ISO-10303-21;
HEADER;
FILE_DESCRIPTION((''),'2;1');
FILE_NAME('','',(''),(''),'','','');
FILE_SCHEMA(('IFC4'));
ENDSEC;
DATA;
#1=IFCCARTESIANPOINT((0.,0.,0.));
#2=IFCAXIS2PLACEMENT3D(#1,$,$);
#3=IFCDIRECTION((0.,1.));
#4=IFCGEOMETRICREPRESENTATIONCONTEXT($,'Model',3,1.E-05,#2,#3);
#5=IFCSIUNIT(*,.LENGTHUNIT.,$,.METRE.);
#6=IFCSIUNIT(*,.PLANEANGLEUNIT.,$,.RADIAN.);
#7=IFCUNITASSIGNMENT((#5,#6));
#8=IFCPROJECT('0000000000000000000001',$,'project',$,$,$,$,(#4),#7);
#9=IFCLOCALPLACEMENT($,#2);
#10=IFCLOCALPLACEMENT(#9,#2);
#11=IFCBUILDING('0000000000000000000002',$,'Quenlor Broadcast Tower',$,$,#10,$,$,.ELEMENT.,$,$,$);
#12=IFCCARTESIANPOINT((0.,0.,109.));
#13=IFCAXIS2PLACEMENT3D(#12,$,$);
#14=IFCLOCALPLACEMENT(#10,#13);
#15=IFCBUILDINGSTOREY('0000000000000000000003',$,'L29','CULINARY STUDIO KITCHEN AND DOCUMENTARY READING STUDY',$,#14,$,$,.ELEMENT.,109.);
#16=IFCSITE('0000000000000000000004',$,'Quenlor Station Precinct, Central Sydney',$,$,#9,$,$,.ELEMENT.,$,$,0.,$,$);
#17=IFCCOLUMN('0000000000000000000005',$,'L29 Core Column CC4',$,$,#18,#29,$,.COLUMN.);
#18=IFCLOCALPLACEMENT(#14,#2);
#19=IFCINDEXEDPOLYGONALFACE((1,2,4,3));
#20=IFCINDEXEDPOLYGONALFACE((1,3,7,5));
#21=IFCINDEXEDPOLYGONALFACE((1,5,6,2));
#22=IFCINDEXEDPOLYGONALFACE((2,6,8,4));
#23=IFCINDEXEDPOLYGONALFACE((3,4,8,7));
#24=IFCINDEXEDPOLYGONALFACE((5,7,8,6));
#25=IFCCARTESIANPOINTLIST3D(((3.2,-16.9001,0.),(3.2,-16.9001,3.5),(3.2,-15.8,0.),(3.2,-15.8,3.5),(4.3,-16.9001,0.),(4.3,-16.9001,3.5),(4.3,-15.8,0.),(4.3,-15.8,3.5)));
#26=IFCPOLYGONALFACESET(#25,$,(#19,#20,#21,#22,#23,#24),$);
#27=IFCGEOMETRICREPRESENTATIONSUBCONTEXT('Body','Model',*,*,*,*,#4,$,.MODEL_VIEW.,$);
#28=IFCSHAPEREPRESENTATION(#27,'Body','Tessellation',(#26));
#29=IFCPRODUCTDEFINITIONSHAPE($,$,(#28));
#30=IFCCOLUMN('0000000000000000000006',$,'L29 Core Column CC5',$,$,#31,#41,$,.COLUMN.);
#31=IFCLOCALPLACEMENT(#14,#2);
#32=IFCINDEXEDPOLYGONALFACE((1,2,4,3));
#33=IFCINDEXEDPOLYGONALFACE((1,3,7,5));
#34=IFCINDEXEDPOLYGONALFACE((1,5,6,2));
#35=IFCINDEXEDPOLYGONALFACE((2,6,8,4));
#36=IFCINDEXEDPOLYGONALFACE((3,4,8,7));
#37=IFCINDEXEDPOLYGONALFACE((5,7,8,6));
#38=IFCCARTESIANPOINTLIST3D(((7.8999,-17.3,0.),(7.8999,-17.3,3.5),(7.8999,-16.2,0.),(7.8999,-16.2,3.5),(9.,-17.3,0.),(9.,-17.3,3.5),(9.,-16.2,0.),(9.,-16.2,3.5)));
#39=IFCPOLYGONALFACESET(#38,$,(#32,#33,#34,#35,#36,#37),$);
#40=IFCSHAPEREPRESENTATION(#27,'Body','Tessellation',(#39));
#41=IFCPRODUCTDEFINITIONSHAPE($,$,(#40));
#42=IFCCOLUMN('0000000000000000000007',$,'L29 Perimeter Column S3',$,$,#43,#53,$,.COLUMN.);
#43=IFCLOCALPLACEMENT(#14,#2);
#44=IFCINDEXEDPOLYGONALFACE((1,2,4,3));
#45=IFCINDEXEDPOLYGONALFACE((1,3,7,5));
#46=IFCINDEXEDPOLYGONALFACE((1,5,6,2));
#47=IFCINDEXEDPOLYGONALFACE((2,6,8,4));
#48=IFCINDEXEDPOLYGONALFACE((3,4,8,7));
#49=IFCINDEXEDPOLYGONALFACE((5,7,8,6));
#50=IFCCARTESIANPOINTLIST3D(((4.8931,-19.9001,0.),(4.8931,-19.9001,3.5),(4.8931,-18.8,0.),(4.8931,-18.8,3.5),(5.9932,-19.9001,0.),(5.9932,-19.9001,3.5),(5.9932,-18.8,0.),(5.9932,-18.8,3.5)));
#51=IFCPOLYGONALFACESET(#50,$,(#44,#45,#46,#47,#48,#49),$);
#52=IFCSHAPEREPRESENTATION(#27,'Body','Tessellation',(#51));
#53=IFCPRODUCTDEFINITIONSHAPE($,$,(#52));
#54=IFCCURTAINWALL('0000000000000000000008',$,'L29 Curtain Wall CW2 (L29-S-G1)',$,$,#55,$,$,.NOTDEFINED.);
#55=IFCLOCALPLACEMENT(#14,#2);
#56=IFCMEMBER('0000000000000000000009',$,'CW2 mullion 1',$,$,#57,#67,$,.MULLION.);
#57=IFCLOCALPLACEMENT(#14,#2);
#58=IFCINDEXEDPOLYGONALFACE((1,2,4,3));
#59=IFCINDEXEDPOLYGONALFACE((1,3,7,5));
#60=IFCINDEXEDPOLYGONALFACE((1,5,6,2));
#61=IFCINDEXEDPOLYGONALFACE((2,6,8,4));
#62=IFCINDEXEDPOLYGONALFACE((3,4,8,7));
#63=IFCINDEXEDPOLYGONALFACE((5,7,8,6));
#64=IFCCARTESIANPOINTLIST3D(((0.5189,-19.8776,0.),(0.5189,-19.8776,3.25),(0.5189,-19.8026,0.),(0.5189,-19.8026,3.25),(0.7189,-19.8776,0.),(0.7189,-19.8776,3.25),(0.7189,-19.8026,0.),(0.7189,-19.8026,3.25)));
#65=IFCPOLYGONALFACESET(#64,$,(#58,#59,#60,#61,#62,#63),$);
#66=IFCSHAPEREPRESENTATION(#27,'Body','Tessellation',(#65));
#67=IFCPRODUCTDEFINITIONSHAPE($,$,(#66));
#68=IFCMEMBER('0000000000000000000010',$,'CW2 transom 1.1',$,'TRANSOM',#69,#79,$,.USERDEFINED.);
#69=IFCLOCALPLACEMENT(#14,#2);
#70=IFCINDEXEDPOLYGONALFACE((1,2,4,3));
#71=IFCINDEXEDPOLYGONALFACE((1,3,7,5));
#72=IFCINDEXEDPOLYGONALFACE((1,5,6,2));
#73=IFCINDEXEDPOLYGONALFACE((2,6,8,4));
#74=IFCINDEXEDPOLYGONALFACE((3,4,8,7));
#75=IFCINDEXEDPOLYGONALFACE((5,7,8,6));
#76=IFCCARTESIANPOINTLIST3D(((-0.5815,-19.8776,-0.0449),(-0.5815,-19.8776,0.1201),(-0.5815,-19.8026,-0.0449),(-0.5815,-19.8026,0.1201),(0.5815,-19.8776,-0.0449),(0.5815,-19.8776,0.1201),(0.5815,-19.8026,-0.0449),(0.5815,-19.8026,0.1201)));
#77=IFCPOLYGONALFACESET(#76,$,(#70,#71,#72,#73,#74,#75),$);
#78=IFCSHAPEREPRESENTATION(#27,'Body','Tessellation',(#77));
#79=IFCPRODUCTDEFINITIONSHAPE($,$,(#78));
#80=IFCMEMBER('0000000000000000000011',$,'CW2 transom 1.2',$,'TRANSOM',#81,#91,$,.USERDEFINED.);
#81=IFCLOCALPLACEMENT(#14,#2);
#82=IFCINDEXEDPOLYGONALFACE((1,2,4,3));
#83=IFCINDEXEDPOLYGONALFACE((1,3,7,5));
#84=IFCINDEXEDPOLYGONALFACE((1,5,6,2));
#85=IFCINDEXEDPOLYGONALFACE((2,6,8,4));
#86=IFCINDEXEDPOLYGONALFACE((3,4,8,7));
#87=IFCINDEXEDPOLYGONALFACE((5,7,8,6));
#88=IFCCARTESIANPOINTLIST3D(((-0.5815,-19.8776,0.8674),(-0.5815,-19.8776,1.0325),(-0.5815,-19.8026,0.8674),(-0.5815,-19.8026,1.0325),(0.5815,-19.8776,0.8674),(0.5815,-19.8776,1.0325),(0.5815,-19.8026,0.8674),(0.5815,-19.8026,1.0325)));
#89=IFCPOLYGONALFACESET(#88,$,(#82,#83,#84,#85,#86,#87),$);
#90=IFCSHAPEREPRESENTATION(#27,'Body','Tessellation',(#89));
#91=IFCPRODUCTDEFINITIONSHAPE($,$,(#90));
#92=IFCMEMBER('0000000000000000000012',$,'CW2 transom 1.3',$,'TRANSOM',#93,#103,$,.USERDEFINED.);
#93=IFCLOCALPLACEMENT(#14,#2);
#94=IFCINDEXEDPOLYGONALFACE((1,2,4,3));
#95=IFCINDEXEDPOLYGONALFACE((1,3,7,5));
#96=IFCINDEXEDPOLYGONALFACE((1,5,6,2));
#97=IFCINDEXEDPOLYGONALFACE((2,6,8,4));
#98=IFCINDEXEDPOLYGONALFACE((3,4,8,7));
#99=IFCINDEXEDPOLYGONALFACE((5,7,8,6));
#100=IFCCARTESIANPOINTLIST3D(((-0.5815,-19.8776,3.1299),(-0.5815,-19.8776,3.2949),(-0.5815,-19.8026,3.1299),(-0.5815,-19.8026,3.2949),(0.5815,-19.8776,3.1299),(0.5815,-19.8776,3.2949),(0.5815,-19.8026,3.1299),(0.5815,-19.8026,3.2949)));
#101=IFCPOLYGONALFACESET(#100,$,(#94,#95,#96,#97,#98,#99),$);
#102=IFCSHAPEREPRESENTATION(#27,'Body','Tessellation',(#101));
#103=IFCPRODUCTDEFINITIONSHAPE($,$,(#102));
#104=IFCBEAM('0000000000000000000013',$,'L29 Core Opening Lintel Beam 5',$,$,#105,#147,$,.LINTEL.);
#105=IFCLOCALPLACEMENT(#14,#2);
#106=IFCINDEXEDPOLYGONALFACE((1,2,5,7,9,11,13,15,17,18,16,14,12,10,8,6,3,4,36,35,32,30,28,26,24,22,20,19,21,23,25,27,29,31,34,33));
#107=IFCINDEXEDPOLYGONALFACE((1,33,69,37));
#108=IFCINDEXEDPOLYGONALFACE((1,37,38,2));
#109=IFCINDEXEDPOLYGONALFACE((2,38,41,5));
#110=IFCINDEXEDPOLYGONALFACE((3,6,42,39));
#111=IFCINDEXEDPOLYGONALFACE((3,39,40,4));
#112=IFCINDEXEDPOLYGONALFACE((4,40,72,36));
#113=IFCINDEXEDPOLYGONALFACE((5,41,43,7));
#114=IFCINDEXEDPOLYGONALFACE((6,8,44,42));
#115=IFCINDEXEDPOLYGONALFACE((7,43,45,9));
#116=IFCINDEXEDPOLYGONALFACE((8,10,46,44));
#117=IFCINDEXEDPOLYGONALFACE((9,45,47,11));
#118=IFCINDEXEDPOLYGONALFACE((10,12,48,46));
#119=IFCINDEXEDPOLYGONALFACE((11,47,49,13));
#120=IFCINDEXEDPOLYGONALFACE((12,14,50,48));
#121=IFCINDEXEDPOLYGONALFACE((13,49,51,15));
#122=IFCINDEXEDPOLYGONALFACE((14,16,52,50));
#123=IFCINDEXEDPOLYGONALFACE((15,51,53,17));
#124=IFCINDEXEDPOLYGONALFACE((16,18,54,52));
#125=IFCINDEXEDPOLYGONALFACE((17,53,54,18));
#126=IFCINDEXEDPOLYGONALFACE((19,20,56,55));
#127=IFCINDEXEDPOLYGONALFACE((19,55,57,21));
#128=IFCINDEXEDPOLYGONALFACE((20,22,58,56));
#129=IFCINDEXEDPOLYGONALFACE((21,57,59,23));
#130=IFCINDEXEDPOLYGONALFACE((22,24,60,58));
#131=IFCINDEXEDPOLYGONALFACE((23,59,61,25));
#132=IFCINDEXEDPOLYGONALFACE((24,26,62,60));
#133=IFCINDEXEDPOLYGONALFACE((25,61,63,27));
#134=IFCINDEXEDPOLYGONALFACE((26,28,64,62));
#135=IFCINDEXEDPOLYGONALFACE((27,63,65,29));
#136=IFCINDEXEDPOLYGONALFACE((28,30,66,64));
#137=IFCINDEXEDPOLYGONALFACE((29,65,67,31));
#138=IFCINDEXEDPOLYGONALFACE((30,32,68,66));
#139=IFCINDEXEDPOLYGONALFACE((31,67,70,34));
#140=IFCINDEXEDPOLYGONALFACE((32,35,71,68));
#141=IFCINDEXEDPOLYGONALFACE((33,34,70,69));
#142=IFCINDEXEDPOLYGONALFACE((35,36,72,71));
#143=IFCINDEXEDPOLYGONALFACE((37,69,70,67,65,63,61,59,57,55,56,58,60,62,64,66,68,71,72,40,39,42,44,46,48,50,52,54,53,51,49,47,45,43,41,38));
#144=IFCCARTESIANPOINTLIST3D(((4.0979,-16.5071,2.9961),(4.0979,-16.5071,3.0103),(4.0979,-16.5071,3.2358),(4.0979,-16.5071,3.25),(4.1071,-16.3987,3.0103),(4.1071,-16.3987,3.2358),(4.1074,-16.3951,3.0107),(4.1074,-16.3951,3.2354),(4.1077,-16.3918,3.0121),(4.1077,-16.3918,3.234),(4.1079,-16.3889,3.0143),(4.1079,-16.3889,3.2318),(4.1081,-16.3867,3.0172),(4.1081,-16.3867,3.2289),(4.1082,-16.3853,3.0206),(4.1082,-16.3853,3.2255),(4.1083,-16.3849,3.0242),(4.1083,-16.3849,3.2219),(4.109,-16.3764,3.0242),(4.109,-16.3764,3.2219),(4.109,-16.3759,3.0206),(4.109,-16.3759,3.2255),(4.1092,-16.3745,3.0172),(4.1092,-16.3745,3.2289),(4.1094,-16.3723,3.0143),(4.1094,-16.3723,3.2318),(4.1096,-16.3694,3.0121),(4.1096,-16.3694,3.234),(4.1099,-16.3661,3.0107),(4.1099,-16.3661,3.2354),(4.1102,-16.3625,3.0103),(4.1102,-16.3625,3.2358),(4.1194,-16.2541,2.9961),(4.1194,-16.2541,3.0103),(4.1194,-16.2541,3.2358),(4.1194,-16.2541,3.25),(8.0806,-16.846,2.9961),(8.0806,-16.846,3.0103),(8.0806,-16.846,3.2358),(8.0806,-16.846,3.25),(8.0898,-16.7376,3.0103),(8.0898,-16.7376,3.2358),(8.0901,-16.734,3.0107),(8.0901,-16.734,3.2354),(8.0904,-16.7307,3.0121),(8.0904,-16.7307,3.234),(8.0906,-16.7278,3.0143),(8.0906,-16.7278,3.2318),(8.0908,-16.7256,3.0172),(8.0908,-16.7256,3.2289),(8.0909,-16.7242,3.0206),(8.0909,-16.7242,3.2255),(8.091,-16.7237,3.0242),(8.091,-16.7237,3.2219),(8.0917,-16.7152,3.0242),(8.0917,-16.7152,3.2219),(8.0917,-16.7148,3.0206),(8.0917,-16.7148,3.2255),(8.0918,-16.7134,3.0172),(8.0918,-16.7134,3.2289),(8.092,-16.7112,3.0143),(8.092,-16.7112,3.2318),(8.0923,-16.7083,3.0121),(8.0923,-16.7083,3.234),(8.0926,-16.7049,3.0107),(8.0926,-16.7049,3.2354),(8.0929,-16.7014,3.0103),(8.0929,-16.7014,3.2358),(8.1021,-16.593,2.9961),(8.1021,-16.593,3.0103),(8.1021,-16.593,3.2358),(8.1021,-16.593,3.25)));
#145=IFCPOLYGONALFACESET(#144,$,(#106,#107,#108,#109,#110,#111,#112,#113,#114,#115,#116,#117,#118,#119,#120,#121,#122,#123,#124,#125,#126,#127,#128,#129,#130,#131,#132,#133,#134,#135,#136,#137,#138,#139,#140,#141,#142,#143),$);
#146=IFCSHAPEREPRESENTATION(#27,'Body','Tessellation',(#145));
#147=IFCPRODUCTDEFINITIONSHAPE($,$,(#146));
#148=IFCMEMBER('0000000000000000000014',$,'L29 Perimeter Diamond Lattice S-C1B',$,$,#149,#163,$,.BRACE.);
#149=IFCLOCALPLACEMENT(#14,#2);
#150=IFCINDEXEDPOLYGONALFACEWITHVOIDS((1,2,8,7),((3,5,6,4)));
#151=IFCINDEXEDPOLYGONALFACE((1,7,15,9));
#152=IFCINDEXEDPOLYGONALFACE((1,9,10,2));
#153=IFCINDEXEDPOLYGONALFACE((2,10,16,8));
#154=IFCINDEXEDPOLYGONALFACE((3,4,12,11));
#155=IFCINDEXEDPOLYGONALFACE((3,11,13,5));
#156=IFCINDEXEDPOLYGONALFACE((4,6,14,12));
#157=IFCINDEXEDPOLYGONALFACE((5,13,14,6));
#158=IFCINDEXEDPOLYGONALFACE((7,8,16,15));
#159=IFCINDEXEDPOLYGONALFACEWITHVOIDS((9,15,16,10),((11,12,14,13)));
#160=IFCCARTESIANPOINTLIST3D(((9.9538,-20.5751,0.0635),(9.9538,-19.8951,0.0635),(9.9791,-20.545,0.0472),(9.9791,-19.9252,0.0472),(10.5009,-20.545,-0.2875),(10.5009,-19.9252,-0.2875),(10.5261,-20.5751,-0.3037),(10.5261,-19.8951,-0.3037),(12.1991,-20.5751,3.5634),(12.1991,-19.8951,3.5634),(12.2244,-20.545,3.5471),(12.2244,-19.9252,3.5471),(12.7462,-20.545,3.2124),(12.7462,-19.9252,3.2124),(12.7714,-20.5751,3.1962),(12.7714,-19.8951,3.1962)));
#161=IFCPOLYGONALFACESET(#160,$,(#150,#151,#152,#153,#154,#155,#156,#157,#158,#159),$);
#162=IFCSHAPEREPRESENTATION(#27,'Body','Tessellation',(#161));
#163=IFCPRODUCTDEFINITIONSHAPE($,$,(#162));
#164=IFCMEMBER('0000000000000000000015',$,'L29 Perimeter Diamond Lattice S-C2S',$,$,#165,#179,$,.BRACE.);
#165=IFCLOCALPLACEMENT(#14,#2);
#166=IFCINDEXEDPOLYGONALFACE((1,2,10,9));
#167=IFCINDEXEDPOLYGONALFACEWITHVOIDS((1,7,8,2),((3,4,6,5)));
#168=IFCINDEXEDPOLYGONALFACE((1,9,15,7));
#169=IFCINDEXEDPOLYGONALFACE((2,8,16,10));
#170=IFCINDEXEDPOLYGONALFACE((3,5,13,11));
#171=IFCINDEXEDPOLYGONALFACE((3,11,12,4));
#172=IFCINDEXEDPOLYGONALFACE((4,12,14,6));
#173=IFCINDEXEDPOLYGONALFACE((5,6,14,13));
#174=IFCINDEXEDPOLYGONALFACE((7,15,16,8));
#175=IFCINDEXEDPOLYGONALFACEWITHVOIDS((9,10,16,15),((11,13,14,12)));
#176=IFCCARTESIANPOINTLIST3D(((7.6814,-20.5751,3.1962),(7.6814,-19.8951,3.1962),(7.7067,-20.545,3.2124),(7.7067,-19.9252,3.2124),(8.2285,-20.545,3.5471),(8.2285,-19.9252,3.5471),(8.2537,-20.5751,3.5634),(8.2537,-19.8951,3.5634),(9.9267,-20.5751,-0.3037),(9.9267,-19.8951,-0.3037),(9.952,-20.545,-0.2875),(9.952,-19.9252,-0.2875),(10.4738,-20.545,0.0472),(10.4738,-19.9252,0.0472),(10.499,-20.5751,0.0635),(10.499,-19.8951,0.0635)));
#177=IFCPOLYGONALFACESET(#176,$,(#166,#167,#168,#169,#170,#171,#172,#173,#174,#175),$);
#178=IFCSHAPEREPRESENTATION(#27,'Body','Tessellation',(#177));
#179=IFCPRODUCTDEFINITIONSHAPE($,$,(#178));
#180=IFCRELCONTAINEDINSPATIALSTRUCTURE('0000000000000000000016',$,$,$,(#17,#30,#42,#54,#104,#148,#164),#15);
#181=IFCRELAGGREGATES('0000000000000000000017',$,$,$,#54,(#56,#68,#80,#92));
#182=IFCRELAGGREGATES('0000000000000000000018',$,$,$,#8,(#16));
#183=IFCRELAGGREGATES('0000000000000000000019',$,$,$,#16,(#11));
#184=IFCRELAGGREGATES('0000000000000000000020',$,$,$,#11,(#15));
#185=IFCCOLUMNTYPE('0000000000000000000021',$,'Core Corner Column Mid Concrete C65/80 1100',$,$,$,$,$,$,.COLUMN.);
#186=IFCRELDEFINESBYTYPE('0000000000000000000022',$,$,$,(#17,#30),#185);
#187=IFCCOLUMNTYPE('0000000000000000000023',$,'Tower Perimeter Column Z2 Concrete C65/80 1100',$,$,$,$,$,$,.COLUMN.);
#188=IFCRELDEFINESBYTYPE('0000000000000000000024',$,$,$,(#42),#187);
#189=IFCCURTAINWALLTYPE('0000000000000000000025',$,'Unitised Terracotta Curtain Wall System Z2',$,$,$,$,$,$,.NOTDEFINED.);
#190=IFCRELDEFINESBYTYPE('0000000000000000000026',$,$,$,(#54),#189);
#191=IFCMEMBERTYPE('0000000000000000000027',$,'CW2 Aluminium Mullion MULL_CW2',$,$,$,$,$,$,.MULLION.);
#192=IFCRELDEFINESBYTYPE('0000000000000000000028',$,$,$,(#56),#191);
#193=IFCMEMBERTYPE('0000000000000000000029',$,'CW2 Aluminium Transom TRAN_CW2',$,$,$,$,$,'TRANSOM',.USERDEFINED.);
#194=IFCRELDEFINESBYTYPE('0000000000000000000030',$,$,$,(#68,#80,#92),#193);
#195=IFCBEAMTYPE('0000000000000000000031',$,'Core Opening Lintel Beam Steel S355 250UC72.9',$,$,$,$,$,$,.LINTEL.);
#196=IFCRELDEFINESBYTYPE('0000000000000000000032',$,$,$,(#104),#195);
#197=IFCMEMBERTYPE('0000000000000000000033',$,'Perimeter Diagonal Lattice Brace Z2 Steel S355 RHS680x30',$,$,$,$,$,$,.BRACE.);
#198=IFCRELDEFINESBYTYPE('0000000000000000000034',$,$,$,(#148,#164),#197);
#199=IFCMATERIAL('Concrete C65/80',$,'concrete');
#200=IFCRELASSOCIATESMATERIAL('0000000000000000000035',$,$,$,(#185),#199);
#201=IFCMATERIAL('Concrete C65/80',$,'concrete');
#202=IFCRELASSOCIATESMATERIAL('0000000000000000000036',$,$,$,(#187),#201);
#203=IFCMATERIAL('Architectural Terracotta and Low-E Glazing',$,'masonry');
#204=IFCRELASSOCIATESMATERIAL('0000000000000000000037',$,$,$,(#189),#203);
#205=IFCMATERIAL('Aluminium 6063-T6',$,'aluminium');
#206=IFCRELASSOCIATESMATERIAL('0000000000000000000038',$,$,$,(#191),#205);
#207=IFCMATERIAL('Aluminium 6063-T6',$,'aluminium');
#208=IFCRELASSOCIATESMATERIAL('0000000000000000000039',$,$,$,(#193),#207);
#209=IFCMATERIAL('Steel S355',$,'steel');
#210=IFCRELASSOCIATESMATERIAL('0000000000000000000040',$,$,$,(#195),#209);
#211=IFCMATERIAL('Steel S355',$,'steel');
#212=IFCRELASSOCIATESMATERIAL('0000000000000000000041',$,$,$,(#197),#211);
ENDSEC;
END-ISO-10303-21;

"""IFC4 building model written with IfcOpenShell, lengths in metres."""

from ifc_helpers import new_model, si_unit, direction, frame, origin, origin_2d, place, context, subcontext, project, spatial, rectangle, hollow_rectangle, i_section, extrude, material, material_profile, profile_set, type_object, element, aggregate, save


model = new_model("IFC4")

# Units and contexts
model_context = context("Model", 3, precision=1e-05, world=origin(), true_north=direction((0.0, 1.0)))
body_context = subcontext(model_context, "Body", "Model", "MODEL_VIEW")
ifc_project = project(units=[si_unit("LENGTHUNIT", "METRE"), si_unit("PLANEANGLEUNIT", "RADIAN")], contexts=[model_context])

# Site, building, storey
site_placement = place(None, origin())
site = spatial("IfcSite", under=ifc_project, at=site_placement, Name="Quenlor Station Precinct, Central Sydney", CompositionType="ELEMENT", RefElevation=0.0)
building_placement = place(site_placement, origin())
building = spatial("IfcBuilding", under=site, at=building_placement, Name="Quenlor Broadcast Tower", CompositionType="ELEMENT")
storey_placement = place(building_placement, frame((0.0, 0.0, 109.0)))
storey = spatial("IfcBuildingStorey", under=building, at=storey_placement, Name="L29", Description="CULINARY STUDIO KITCHEN AND DOCUMENTARY READING STUDY", CompositionType="ELEMENT", Elevation=109.0)

# Columns
ifc_material_1 = material(Name="Concrete C65/80", Category="concrete")
ifc_material_profile_1 = material_profile(ifc_material_1, rectangle(XDim=1.1001, YDim=1.1001, at=origin_2d()))
ifc_profile_set_1 = profile_set([ifc_material_profile_1], Name="Concrete C65/80 RC1100x1100")
column_type_1 = type_object("IfcColumnType", Name="Core Corner Column Mid Concrete C65/80 1100", PredefinedType="COLUMN", material=ifc_profile_set_1)
for number, where, z_axis, x_axis, name in (
    (1, (3.75, -16.3501, 0.0), (0.0, 0.0, 1.0), (1.0, 0.0, 0.0), "L29 Core Column CC4"),
    (2, (8.45, -16.75, 0.0), (0.0, 0.0, 1.0), (1.0, 0.0, 0.0), "L29 Core Column CC5"),
):
    element("IfcColumn", number, at=place(storey_placement, frame(where, z_axis=z_axis, x_axis=x_axis)), inside=storey, type_object=column_type_1, Name=name, PredefinedType="COLUMN", context=body_context, shape_type="SweptSolid", body=[
        extrude(rectangle(XDim=1.1001, YDim=1.1001, at=origin_2d()), origin(), (0.0, 0.0, 1.0), 3.5),
    ])
ifc_material_2 = material(Name="Concrete C65/80", Category="concrete")
ifc_material_profile_2 = material_profile(ifc_material_2, rectangle(XDim=1.1001, YDim=1.1001, at=origin_2d()))
ifc_profile_set_2 = profile_set([ifc_material_profile_2], Name="Concrete C65/80 RC1100x1100")
column_type_2 = type_object("IfcColumnType", Name="Tower Perimeter Column Z2 Concrete C65/80 1100", PredefinedType="COLUMN", material=ifc_profile_set_2)
column_placement = place(storey_placement, frame((5.4431, -19.3501, 0.0), z_axis=(0.0, 0.0, 1.0), x_axis=(0.0, 1.0, 0.0)))
element("IfcColumn", 3, at=column_placement, inside=storey, type_object=column_type_2, Name="L29 Perimeter Column S3", PredefinedType="COLUMN", context=body_context, shape_type="SweptSolid", body=[
    extrude(rectangle(XDim=1.1001, YDim=1.1001, at=origin_2d()), origin(), (0.0, 0.0, 1.0), 3.5),
])

# Curtain wall, members
ifc_material_3 = material(Name="Architectural Terracotta and Low-E Glazing", Category="masonry")
curtain_wall_type = type_object("IfcCurtainWallType", Name="Unitised Terracotta Curtain Wall System Z2", PredefinedType="NOTDEFINED", material=ifc_material_3)
curtain_wall_placement = place(storey_placement, origin())
curtain_wall = element("IfcCurtainWall", 4, at=curtain_wall_placement, inside=storey, type_object=curtain_wall_type, Name="L29 Curtain Wall CW2 (L29-S-G1)", PredefinedType="NOTDEFINED")
ifc_material_4 = material(Name="Aluminium 6063-T6", Category="aluminium")
ifc_material_profile_3 = material_profile(ifc_material_4, rectangle(XDim=0.075, YDim=0.2, at=origin_2d()))
ifc_profile_set_3 = profile_set([ifc_material_profile_3], Name="Aluminium 6063-T6 MULL75x200")
member_type_1 = type_object("IfcMemberType", Name="CW2 Aluminium Mullion MULL_CW2", PredefinedType="MULLION", material=ifc_profile_set_3)
member_1_placement = place(storey_placement, frame((0.6189, -19.8401, 0.0), z_axis=(0.0, 0.0, 1.0), x_axis=(0.0, -1.0, 0.0)))
member_1 = element("IfcMember", 5, at=member_1_placement, type_object=member_type_1, Name="CW2 mullion 1", PredefinedType="MULLION", context=body_context, shape_type="SweptSolid", body=[
    extrude(rectangle(XDim=0.075, YDim=0.2, at=origin_2d()), origin(), (0.0, 0.0, 1.0), 3.25),
])
ifc_material_5 = material(Name="Aluminium 6063-T6", Category="aluminium")
ifc_material_profile_4 = material_profile(ifc_material_5, rectangle(XDim=0.075, YDim=0.165, at=origin_2d()))
ifc_profile_set_4 = profile_set([ifc_material_profile_4], Name="Aluminium 6063-T6 TRAN75x165")
member_type_2 = type_object("IfcMemberType", Name="CW2 Aluminium Transom TRAN_CW2", ElementType="TRANSOM", PredefinedType="USERDEFINED", material=ifc_profile_set_4)
member_2_placement = place(storey_placement, frame((0.5815, -19.8401, 0.0376), z_axis=(-1.0, 0.0, 0.0), x_axis=(0.0, -1.0, 0.0)))
member_2 = element("IfcMember", 6, at=member_2_placement, type_object=member_type_2, Name="CW2 transom 1.1", ObjectType="TRANSOM", PredefinedType="USERDEFINED", context=body_context, shape_type="SweptSolid", body=[
    extrude(rectangle(XDim=0.075, YDim=0.165, at=origin_2d()), origin(), (0.0, 0.0, 1.0), 1.1631),
])
member_3_placement = place(storey_placement, frame((0.5815, -19.8401, 0.95), z_axis=(-1.0, 0.0, 0.0), x_axis=(0.0, -1.0, 0.0)))
member_3 = element("IfcMember", 7, at=member_3_placement, type_object=member_type_2, Name="CW2 transom 1.2", ObjectType="TRANSOM", PredefinedType="USERDEFINED", context=body_context, shape_type="SweptSolid", body=[
    extrude(rectangle(XDim=0.075, YDim=0.165, at=origin_2d()), origin(), (0.0, 0.0, 1.0), 1.1631),
])
member_4_placement = place(storey_placement, frame((0.5815, -19.8401, 3.2124), z_axis=(-1.0, 0.0, 0.0), x_axis=(0.0, -1.0, 0.0)))
member_4 = element("IfcMember", 8, at=member_4_placement, type_object=member_type_2, Name="CW2 transom 1.3", ObjectType="TRANSOM", PredefinedType="USERDEFINED", context=body_context, shape_type="SweptSolid", body=[
    extrude(rectangle(XDim=0.075, YDim=0.165, at=origin_2d()), origin(), (0.0, 0.0, 1.0), 1.1631),
])
aggregate(curtain_wall, [member_1, member_2, member_3, member_4])

# Beam
ifc_material_6 = material(Name="Steel S355", Category="steel")
ifc_material_profile_5 = material_profile(ifc_material_6, i_section(OverallWidth=0.2539, OverallDepth=0.2539, WebThickness=0.0085, FlangeThickness=0.0142, FilletRadius=0.0139, at=origin_2d()))
ifc_profile_set_5 = profile_set([ifc_material_profile_5], Name="Steel S355 250UC72.9")
beam_type_1 = type_object("IfcBeamType", Name="Core Opening Lintel Beam Steel S355 250UC72.9", PredefinedType="LINTEL", material=ifc_profile_set_5)
beam_1_placement = place(storey_placement, frame((4.1086, -16.3806, 3.123), z_axis=(0.9964, -0.084779, 0.0), x_axis=(0.084779, 0.9964, 0.0)))
element("IfcBeam", 9, at=beam_1_placement, inside=storey, type_object=beam_type_1, Name="L29 Core Opening Lintel Beam 5", PredefinedType="LINTEL", context=body_context, shape_type="SweptSolid", body=[
    extrude(i_section(OverallWidth=0.2539, OverallDepth=0.2539, WebThickness=0.0085, FlangeThickness=0.0142, FilletRadius=0.0139, at=origin_2d()), origin(), (0.0, 0.0, 1.0), 3.9971),
])

# Members
ifc_material_7 = material(Name="Steel S355", Category="steel")
ifc_material_profile_6 = material_profile(ifc_material_7, hollow_rectangle(XDim=0.6799, YDim=0.6799, WallThickness=0.03, at=origin_2d()))
ifc_profile_set_6 = profile_set([ifc_material_profile_6], Name="Steel S355 RHS680x680x30")
member_type_3 = type_object("IfcMemberType", Name="Perimeter Diagonal Lattice Brace Z2 Steel S355 RHS680x30", PredefinedType="BRACE", material=ifc_profile_set_6)
for number, where, z_axis, x_axis, name in (
    (10, (10.24, -20.2351, -0.1201), (0.539968, 0.0, 0.841686), (0.0, 1.0, 0.0), "L29 Perimeter Diamond Lattice S-C1B"),
    (11, (10.2129, -20.2351, -0.1201), (-0.539968, 0.0, 0.841686), (0.0, -1.0, 0.0), "L29 Perimeter Diamond Lattice S-C2S"),
):
    element("IfcMember", number, at=place(storey_placement, frame(where, z_axis=z_axis, x_axis=x_axis)), inside=storey, type_object=member_type_3, Name=name, PredefinedType="BRACE", context=body_context, shape_type="SweptSolid", body=[
        extrude(hollow_rectangle(XDim=0.6799, YDim=0.6799, WallThickness=0.03, at=origin_2d()), origin(), (0.0, 0.0, 1.0), 4.1582),
    ])

save(model, "model.ifc")
